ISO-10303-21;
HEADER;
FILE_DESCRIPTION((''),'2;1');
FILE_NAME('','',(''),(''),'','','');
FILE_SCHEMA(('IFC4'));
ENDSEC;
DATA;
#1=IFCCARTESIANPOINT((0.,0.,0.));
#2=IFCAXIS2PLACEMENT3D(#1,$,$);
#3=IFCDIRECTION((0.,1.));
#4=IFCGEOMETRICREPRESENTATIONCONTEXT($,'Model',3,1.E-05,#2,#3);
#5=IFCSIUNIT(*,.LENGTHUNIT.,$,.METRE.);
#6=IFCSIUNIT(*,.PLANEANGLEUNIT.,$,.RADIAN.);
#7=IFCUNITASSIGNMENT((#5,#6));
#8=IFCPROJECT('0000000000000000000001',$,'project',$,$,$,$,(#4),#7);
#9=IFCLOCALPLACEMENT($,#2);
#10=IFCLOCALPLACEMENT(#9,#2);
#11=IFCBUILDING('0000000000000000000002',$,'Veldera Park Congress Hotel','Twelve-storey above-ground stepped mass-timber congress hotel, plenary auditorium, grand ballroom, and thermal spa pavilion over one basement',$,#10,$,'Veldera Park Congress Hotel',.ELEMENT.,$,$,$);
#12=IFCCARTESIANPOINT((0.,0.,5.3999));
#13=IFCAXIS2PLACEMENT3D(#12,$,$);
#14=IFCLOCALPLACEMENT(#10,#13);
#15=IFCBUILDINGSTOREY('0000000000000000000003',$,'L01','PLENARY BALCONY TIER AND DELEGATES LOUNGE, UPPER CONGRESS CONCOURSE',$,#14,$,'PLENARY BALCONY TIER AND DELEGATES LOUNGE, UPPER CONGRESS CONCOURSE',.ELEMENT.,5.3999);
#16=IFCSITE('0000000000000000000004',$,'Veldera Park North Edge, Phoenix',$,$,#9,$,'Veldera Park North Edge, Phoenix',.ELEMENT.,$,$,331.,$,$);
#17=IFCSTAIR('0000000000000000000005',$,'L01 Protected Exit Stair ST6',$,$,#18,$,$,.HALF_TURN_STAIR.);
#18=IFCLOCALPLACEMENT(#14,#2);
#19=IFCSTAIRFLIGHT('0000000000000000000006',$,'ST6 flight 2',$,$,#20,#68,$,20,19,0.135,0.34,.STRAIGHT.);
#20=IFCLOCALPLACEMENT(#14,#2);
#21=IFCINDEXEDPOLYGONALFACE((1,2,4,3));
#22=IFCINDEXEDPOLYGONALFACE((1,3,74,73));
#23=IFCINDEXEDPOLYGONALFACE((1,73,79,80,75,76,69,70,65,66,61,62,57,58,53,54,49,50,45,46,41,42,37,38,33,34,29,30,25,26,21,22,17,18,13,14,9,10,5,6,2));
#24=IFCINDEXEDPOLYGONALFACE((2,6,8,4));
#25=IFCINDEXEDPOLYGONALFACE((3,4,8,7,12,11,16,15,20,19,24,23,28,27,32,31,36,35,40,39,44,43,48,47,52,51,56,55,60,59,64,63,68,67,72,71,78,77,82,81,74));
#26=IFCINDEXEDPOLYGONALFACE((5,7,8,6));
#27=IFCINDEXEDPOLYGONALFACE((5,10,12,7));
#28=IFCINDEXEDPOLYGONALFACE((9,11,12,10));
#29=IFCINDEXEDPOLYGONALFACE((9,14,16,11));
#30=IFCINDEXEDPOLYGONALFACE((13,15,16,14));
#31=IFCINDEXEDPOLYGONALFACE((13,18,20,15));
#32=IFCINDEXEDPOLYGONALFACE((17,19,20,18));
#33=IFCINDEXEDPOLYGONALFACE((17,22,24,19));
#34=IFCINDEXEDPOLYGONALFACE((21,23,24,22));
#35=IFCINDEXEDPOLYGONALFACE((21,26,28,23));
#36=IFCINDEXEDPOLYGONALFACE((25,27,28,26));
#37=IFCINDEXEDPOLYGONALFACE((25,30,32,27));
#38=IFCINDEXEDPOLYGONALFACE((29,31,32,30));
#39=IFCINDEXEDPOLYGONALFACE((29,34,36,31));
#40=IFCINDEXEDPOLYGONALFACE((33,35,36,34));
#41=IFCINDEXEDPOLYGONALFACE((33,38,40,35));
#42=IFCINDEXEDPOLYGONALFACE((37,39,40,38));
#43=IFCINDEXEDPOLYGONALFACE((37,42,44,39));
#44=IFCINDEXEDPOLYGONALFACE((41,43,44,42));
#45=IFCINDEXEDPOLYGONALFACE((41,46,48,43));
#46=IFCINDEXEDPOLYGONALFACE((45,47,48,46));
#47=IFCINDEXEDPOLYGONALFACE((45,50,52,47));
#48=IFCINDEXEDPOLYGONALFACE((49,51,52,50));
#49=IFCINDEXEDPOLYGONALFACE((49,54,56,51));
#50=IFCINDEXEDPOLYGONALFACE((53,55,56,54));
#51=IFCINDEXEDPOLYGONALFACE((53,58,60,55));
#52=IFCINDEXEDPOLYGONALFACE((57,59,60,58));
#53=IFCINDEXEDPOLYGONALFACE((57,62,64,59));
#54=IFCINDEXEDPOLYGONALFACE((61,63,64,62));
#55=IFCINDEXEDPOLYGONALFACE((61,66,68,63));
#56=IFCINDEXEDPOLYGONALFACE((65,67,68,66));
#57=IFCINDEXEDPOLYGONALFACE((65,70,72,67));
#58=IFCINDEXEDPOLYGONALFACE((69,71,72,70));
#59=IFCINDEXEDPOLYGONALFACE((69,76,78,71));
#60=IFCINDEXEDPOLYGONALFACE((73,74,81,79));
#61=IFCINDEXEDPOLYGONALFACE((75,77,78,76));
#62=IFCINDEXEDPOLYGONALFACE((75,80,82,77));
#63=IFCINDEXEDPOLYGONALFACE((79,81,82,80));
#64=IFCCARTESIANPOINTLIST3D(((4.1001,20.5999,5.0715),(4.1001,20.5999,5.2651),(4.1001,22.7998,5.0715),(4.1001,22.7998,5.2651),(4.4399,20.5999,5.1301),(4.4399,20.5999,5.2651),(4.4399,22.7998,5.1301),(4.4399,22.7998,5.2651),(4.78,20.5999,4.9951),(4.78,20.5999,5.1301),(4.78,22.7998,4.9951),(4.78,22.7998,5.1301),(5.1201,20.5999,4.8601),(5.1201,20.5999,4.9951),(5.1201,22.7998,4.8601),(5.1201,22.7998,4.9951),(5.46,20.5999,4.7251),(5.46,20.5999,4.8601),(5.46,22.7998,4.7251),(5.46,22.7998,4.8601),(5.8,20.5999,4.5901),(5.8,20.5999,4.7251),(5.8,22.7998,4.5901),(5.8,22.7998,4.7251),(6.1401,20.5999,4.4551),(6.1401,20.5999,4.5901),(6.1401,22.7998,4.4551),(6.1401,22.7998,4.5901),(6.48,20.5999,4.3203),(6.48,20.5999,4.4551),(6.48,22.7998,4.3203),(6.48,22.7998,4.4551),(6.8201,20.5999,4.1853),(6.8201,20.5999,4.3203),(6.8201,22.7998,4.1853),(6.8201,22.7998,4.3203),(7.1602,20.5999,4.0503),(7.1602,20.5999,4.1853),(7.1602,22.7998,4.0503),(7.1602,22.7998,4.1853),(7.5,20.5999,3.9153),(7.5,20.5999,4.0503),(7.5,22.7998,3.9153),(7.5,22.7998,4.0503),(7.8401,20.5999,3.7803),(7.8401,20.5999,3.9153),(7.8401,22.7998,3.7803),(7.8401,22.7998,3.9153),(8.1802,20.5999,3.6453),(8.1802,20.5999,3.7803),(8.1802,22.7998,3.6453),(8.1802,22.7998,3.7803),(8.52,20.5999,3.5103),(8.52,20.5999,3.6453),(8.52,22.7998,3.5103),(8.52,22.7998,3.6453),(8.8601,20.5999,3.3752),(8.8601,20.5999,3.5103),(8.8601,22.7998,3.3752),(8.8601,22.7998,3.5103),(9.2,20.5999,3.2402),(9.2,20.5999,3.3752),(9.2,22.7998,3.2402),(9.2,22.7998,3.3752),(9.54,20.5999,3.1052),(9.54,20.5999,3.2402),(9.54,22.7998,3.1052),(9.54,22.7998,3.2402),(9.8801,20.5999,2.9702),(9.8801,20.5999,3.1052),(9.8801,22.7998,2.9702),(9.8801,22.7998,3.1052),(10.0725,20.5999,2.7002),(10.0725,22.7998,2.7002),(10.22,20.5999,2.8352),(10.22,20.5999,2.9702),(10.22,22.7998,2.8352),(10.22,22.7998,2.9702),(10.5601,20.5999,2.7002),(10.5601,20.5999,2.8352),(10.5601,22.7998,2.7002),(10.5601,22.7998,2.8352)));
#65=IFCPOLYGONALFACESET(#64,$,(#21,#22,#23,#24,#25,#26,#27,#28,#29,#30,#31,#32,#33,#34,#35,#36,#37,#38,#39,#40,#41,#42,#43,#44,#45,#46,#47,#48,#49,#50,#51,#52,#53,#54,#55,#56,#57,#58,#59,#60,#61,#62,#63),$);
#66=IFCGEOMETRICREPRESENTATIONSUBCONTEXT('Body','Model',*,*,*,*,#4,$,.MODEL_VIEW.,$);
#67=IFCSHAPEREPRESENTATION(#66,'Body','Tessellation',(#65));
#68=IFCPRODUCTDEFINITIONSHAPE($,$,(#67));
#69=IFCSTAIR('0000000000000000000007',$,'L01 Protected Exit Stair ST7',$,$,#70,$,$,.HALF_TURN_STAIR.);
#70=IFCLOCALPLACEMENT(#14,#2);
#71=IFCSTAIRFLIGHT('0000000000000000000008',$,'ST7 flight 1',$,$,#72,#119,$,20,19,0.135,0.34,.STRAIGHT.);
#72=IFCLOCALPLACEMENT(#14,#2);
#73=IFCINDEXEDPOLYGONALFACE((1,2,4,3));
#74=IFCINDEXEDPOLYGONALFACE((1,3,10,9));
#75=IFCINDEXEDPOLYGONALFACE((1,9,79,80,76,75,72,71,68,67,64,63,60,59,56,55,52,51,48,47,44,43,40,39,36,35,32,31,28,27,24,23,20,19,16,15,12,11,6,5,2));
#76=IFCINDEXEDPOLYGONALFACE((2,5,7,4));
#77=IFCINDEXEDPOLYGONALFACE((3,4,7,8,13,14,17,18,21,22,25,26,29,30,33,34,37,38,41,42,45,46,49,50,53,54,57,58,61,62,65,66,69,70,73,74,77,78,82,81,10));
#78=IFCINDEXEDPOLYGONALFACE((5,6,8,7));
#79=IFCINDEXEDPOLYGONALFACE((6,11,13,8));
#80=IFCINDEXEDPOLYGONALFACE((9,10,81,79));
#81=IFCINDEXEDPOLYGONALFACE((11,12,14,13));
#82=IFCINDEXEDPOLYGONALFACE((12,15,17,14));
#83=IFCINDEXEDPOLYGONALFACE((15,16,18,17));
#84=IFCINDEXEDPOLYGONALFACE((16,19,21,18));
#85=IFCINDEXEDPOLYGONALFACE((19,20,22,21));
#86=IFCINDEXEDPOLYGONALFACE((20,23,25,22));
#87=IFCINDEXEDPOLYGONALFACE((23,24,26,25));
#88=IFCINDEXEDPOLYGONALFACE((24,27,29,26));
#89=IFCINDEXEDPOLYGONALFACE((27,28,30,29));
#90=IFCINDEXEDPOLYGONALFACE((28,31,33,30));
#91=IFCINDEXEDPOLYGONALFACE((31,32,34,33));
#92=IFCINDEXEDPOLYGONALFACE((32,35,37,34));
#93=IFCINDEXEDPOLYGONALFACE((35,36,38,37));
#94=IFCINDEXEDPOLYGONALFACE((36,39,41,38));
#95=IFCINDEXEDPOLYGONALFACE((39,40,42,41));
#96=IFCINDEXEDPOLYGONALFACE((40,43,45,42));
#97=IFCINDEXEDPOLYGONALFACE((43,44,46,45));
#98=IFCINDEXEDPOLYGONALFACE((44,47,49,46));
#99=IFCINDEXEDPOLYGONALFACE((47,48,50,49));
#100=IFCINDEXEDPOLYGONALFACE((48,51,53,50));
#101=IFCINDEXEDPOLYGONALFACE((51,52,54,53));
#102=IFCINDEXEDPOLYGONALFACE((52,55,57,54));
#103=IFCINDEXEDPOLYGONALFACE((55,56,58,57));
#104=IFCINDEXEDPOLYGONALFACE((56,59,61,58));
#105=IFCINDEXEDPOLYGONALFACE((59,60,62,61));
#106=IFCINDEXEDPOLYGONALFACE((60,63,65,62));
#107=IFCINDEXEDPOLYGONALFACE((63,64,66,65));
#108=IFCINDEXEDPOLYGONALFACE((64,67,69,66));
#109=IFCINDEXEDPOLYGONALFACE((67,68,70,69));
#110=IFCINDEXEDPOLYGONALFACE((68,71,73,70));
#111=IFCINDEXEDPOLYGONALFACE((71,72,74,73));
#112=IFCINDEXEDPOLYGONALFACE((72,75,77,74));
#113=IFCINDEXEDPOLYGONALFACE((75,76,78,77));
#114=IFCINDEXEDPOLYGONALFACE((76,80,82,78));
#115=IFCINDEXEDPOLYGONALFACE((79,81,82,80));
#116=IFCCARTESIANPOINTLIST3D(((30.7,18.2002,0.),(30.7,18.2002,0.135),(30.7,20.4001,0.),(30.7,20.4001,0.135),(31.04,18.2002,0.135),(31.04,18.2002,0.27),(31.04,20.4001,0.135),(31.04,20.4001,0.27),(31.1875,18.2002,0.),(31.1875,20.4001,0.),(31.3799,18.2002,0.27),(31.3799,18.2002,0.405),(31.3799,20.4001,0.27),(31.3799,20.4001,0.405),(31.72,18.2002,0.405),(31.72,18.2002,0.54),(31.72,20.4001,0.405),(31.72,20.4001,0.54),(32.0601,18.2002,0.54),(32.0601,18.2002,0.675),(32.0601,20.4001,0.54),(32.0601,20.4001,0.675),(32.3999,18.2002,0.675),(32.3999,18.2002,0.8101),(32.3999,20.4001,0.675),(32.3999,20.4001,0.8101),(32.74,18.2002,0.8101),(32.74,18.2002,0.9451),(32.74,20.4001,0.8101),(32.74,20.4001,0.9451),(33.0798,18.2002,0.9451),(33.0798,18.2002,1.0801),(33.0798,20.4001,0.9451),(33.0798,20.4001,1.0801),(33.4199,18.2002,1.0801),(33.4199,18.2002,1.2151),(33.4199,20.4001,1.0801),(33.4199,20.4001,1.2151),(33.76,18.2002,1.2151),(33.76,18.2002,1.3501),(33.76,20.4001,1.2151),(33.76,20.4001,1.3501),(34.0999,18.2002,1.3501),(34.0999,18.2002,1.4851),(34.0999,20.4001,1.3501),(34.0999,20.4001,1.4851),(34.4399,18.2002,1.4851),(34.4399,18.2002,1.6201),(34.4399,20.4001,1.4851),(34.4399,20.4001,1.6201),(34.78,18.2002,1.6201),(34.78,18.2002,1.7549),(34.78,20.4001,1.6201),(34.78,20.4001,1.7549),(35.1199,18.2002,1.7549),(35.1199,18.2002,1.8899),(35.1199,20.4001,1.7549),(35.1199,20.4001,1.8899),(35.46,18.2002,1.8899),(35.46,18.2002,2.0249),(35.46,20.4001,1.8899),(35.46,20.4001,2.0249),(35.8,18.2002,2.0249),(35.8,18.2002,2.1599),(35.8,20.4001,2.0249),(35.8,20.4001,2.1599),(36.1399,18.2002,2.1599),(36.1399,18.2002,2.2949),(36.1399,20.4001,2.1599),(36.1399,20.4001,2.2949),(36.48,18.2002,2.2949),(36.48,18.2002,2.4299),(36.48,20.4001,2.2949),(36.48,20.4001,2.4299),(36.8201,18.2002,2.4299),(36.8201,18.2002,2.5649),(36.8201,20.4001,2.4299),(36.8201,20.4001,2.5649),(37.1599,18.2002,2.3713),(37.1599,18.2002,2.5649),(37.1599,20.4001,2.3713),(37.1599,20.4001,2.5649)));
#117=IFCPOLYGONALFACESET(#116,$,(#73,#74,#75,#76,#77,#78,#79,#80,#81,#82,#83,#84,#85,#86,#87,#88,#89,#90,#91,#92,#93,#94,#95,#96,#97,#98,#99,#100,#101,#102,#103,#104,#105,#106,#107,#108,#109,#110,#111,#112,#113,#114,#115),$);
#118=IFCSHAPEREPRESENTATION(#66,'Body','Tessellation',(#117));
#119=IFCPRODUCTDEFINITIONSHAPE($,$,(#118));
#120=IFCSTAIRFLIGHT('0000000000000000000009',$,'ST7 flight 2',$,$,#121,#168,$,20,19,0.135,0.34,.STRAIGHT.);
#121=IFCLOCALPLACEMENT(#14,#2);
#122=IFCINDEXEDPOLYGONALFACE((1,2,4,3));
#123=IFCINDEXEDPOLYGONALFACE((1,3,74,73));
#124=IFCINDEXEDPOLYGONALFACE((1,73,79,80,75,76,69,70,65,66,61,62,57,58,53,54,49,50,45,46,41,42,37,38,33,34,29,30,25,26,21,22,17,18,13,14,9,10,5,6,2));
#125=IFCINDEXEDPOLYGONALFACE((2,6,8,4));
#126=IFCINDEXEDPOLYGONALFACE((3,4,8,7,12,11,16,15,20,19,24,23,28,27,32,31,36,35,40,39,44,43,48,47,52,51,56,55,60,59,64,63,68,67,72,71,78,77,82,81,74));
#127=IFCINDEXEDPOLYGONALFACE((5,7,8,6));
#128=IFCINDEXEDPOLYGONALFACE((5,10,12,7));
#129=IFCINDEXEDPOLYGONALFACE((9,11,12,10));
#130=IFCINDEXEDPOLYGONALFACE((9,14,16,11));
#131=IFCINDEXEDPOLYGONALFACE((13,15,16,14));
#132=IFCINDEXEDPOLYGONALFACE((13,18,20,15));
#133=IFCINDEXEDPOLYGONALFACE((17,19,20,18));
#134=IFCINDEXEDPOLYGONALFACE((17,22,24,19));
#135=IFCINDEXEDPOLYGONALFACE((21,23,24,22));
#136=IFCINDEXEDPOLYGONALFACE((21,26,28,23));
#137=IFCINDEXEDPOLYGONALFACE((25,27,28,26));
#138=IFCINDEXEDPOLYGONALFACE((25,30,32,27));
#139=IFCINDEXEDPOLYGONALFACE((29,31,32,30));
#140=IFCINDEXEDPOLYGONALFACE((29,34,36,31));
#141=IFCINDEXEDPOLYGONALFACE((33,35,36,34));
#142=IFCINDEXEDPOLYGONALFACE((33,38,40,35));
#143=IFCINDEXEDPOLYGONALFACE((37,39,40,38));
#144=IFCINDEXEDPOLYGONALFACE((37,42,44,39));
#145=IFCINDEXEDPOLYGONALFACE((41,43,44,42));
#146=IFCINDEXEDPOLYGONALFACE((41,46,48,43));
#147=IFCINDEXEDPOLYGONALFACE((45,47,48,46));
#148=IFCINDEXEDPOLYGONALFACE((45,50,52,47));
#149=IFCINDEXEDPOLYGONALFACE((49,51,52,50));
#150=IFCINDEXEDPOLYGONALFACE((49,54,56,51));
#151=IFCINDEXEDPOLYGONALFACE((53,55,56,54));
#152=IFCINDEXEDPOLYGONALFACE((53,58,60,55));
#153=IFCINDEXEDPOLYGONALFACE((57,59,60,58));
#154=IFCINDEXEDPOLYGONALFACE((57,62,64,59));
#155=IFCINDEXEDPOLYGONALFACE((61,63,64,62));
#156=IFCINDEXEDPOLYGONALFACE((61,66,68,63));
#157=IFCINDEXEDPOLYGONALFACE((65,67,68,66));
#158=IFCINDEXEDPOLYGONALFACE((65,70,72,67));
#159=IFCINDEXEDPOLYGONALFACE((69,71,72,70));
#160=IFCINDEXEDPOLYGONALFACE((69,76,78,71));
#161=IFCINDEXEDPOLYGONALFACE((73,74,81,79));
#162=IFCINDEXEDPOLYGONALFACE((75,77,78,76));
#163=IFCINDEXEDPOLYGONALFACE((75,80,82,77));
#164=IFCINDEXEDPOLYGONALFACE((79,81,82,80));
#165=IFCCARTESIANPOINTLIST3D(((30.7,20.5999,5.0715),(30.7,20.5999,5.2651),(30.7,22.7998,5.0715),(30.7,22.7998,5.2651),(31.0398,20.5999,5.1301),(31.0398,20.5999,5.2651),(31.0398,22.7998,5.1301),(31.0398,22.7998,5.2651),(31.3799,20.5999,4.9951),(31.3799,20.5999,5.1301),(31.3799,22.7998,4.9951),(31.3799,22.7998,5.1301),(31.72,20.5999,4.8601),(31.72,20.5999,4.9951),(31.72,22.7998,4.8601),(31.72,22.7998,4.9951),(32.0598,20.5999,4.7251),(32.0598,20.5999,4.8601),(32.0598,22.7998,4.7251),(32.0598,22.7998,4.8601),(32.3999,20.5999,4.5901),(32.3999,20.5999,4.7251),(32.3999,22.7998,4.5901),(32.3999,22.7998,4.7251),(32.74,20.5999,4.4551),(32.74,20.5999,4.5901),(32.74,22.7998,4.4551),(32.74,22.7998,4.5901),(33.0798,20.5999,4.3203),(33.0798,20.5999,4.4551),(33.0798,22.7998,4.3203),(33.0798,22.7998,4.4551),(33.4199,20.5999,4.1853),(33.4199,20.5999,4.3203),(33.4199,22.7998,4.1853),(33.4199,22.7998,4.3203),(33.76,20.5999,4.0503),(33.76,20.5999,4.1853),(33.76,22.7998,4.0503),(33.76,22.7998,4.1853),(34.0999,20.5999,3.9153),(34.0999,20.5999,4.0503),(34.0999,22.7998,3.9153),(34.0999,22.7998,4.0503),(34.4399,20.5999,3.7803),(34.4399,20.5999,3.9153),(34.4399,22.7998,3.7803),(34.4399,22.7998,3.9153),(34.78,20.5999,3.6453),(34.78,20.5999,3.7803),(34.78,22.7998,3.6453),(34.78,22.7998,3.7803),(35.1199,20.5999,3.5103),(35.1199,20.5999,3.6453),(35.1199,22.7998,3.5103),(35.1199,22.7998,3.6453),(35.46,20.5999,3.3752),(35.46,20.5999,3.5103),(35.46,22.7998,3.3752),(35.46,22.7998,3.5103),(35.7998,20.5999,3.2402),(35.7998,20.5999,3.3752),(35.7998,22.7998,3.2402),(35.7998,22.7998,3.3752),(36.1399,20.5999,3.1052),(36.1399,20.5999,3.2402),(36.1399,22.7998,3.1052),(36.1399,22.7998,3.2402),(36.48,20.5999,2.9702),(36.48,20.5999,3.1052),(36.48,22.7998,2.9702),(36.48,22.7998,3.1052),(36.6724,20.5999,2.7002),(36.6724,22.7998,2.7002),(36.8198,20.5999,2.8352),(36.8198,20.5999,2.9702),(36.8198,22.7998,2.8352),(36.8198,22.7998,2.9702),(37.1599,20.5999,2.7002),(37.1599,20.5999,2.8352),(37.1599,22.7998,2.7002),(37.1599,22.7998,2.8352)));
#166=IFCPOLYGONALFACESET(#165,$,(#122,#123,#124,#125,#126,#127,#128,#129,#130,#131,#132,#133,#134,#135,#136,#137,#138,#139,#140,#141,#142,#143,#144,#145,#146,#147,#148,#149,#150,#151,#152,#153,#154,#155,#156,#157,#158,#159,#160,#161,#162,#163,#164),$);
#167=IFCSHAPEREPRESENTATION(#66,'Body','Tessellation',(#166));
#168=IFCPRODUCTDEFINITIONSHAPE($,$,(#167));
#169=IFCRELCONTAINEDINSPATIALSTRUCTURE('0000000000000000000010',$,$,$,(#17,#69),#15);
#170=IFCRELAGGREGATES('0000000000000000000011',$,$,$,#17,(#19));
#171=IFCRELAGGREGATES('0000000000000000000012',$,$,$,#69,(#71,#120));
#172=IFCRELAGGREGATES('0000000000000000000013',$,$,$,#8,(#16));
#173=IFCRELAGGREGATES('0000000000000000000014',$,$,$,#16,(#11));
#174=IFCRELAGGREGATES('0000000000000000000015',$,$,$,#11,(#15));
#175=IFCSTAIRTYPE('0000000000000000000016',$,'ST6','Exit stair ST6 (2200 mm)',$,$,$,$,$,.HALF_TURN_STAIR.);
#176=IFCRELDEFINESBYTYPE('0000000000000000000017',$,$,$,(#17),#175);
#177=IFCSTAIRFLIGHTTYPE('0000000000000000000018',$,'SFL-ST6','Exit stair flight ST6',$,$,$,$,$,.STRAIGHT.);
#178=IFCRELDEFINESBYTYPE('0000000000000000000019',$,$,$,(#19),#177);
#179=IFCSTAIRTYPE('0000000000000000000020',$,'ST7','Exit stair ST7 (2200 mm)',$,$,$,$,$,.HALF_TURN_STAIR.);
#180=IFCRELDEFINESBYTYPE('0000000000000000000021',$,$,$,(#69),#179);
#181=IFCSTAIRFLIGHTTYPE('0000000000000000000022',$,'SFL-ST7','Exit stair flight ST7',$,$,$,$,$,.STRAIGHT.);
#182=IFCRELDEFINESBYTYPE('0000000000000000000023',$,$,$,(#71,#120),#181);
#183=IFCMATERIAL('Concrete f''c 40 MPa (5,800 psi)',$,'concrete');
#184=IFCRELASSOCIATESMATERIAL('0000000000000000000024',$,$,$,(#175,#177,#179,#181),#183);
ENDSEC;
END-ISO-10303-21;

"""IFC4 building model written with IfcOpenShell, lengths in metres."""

from ifc_helpers import new_model, si_unit, direction, frame, origin, place, context, subcontext, project, spatial, polyline, outline, extrude, material, type_object, element, aggregate, save


model = new_model("IFC4")

# Units and contexts
model_context = context("Model", 3, precision=1e-05, world=origin(), true_north=direction((0.0, 1.0)))
body_context = subcontext(model_context, "Body", "Model", "MODEL_VIEW")
ifc_project = project(units=[si_unit("LENGTHUNIT", "METRE"), si_unit("PLANEANGLEUNIT", "RADIAN")], contexts=[model_context])

# Site, building, storey
site_placement = place(None, origin())
site = spatial("IfcSite", under=ifc_project, at=site_placement, Name="Veldera Park North Edge, Phoenix", LongName="Veldera Park North Edge, Phoenix", CompositionType="ELEMENT", RefElevation=331.0)
building_placement = place(site_placement, origin())
building = spatial("IfcBuilding", under=site, at=building_placement, Name="Veldera Park Congress Hotel", Description="Twelve-storey above-ground stepped mass-timber congress hotel, plenary auditorium, grand ballroom, and thermal spa pavilion over one basement", LongName="Veldera Park Congress Hotel", CompositionType="ELEMENT")
storey_placement = place(building_placement, frame((0.0, 0.0, 5.3999)))
storey = spatial("IfcBuildingStorey", under=building, at=storey_placement, Name="L01", Description="PLENARY BALCONY TIER AND DELEGATES LOUNGE, UPPER CONGRESS CONCOURSE", LongName="PLENARY BALCONY TIER AND DELEGATES LOUNGE, UPPER CONGRESS CONCOURSE", CompositionType="ELEMENT", Elevation=5.3999)

# Shared definitions
ifc_material_1 = material(Name="Concrete f'c 40 MPa (5,800 psi)", Category="concrete")

# Stair, stair flight
stair_type_1 = type_object("IfcStairType", Name="ST6", Description="Exit stair ST6 (2200 mm)", PredefinedType="HALF_TURN_STAIR", material=ifc_material_1)
stair_1_placement = place(storey_placement, origin())
stair_1 = element("IfcStair", 1, at=stair_1_placement, inside=storey, type_object=stair_type_1, Name="L01 Protected Exit Stair ST6", PredefinedType="HALF_TURN_STAIR")
stair_flight_type_1 = type_object("IfcStairFlightType", Name="SFL-ST6", Description="Exit stair flight ST6", PredefinedType="STRAIGHT", material=ifc_material_1)
stair_flight_1_placement = place(storey_placement, frame((10.5601, 21.7, 2.7002), z_axis=(0.0, 0.0, 1.0), x_axis=(-1.0, 0.0, 0.0)))
stair_flight_1 = element("IfcStairFlight", 2, at=stair_flight_1_placement, type_object=stair_flight_type_1, Name="ST6 flight 2", NumberOfRisers=20, NumberOfTreads=19, PredefinedType="STRAIGHT", RiserHeight=0.135, TreadLength=0.34, context=body_context, shape_type="SweptSolid", body=[
    extrude(outline(polyline([(0.0, 0.0), (0.0, 0.135), (0.3401, 0.135), (0.3401, 0.27), (0.6799, 0.27), (0.6799, 0.405), (1.02, 0.405), (1.02, 0.54), (1.3601, 0.54), (1.3601, 0.675), (1.7, 0.675), (1.7, 0.8101), (2.04, 0.8101), (2.04, 0.9451), (2.3799, 0.9451), (2.3799, 1.0801), (2.72, 1.0801), (2.72, 1.2151), (3.0601, 1.2151), (3.0601, 1.3501), (3.3999, 1.3501), (3.3999, 1.4851), (3.74, 1.4851), (3.74, 1.6201), (4.0801, 1.6201), (4.0801, 1.7549), (4.4199, 1.7549), (4.4199, 1.8899), (4.76, 1.8899), (4.76, 2.0249), (5.1001, 2.0249), (5.1001, 2.1599), (5.4399, 2.1599), (5.4399, 2.2949), (5.78, 2.2949), (5.78, 2.4299), (6.1201, 2.4299), (6.1201, 2.5649), (6.46, 2.5649), (6.46, 2.7), (6.46, 2.7), (6.46, 2.3713), (0.4875, 0.0), (0.0, 0.0)])), frame((0.0, 1.1001, 0.0), z_axis=(0.0, -1.0, 0.0), x_axis=(1.0, 0.0, 0.0)), (0.0, 0.0, 1.0), 2.2),
])
aggregate(stair_1, [stair_flight_1])

# Stair, stair flights
stair_type_2 = type_object("IfcStairType", Name="ST7", Description="Exit stair ST7 (2200 mm)", PredefinedType="HALF_TURN_STAIR", material=ifc_material_1)
stair_2_placement = place(storey_placement, origin())
stair_2 = element("IfcStair", 3, at=stair_2_placement, inside=storey, type_object=stair_type_2, Name="L01 Protected Exit Stair ST7", PredefinedType="HALF_TURN_STAIR")
stair_flight_type_2 = type_object("IfcStairFlightType", Name="SFL-ST7", Description="Exit stair flight ST7", PredefinedType="STRAIGHT", material=ifc_material_1)
stair_flight_2_placement = place(storey_placement, frame((30.7, 19.3, 0.0), z_axis=(0.0, 0.0, 1.0), x_axis=(1.0, 0.0, 0.0)))
stair_flight_2 = element("IfcStairFlight", 4, at=stair_flight_2_placement, type_object=stair_flight_type_2, Name="ST7 flight 1", NumberOfRisers=20, NumberOfTreads=19, PredefinedType="STRAIGHT", RiserHeight=0.135, TreadLength=0.34, context=body_context, shape_type="SweptSolid", body=[
    extrude(outline(polyline([(0.0, 0.0), (0.0, 0.135), (0.3401, 0.135), (0.3401, 0.27), (0.6799, 0.27), (0.6799, 0.405), (1.02, 0.405), (1.02, 0.54), (1.3601, 0.54), (1.3601, 0.675), (1.7, 0.675), (1.7, 0.8101), (2.04, 0.8101), (2.04, 0.9451), (2.3799, 0.9451), (2.3799, 1.0801), (2.72, 1.0801), (2.72, 1.2151), (3.0601, 1.2151), (3.0601, 1.3501), (3.3999, 1.3501), (3.3999, 1.4851), (3.74, 1.4851), (3.74, 1.6201), (4.0801, 1.6201), (4.0801, 1.7549), (4.4199, 1.7549), (4.4199, 1.8899), (4.76, 1.8899), (4.76, 2.0249), (5.1001, 2.0249), (5.1001, 2.1599), (5.4399, 2.1599), (5.4399, 2.2949), (5.78, 2.2949), (5.78, 2.4299), (6.1201, 2.4299), (6.1201, 2.5649), (6.46, 2.5649), (6.46, 2.7), (6.46, 2.7), (6.46, 2.3713), (0.4875, 0.0), (0.0, 0.0)])), frame((0.0, 1.1001, 0.0), z_axis=(0.0, -1.0, 0.0), x_axis=(1.0, 0.0, 0.0)), (0.0, 0.0, 1.0), 2.2),
])
stair_flight_3_placement = place(storey_placement, frame((37.1599, 21.7, 2.7002), z_axis=(0.0, 0.0, 1.0), x_axis=(-1.0, 0.0, 0.0)))
stair_flight_3 = element("IfcStairFlight", 5, at=stair_flight_3_placement, type_object=stair_flight_type_2, Name="ST7 flight 2", NumberOfRisers=20, NumberOfTreads=19, PredefinedType="STRAIGHT", RiserHeight=0.135, TreadLength=0.34, context=body_context, shape_type="SweptSolid", body=[
    extrude(outline(polyline([(0.0, 0.0), (0.0, 0.135), (0.3401, 0.135), (0.3401, 0.27), (0.6799, 0.27), (0.6799, 0.405), (1.02, 0.405), (1.02, 0.54), (1.3601, 0.54), (1.3601, 0.675), (1.7, 0.675), (1.7, 0.8101), (2.04, 0.8101), (2.04, 0.9451), (2.3799, 0.9451), (2.3799, 1.0801), (2.72, 1.0801), (2.72, 1.2151), (3.0601, 1.2151), (3.0601, 1.3501), (3.3999, 1.3501), (3.3999, 1.4851), (3.74, 1.4851), (3.74, 1.6201), (4.0801, 1.6201), (4.0801, 1.7549), (4.4199, 1.7549), (4.4199, 1.8899), (4.76, 1.8899), (4.76, 2.0249), (5.1001, 2.0249), (5.1001, 2.1599), (5.4399, 2.1599), (5.4399, 2.2949), (5.78, 2.2949), (5.78, 2.4299), (6.1201, 2.4299), (6.1201, 2.5649), (6.46, 2.5649), (6.46, 2.7), (6.46, 2.7), (6.46, 2.3713), (0.4875, 0.0), (0.0, 0.0)])), frame((0.0, 1.1001, 0.0), z_axis=(0.0, -1.0, 0.0), x_axis=(1.0, 0.0, 0.0)), (0.0, 0.0, 1.0), 2.2),
])
aggregate(stair_2, [stair_flight_2, stair_flight_3])

save(model, "model.ifc")
